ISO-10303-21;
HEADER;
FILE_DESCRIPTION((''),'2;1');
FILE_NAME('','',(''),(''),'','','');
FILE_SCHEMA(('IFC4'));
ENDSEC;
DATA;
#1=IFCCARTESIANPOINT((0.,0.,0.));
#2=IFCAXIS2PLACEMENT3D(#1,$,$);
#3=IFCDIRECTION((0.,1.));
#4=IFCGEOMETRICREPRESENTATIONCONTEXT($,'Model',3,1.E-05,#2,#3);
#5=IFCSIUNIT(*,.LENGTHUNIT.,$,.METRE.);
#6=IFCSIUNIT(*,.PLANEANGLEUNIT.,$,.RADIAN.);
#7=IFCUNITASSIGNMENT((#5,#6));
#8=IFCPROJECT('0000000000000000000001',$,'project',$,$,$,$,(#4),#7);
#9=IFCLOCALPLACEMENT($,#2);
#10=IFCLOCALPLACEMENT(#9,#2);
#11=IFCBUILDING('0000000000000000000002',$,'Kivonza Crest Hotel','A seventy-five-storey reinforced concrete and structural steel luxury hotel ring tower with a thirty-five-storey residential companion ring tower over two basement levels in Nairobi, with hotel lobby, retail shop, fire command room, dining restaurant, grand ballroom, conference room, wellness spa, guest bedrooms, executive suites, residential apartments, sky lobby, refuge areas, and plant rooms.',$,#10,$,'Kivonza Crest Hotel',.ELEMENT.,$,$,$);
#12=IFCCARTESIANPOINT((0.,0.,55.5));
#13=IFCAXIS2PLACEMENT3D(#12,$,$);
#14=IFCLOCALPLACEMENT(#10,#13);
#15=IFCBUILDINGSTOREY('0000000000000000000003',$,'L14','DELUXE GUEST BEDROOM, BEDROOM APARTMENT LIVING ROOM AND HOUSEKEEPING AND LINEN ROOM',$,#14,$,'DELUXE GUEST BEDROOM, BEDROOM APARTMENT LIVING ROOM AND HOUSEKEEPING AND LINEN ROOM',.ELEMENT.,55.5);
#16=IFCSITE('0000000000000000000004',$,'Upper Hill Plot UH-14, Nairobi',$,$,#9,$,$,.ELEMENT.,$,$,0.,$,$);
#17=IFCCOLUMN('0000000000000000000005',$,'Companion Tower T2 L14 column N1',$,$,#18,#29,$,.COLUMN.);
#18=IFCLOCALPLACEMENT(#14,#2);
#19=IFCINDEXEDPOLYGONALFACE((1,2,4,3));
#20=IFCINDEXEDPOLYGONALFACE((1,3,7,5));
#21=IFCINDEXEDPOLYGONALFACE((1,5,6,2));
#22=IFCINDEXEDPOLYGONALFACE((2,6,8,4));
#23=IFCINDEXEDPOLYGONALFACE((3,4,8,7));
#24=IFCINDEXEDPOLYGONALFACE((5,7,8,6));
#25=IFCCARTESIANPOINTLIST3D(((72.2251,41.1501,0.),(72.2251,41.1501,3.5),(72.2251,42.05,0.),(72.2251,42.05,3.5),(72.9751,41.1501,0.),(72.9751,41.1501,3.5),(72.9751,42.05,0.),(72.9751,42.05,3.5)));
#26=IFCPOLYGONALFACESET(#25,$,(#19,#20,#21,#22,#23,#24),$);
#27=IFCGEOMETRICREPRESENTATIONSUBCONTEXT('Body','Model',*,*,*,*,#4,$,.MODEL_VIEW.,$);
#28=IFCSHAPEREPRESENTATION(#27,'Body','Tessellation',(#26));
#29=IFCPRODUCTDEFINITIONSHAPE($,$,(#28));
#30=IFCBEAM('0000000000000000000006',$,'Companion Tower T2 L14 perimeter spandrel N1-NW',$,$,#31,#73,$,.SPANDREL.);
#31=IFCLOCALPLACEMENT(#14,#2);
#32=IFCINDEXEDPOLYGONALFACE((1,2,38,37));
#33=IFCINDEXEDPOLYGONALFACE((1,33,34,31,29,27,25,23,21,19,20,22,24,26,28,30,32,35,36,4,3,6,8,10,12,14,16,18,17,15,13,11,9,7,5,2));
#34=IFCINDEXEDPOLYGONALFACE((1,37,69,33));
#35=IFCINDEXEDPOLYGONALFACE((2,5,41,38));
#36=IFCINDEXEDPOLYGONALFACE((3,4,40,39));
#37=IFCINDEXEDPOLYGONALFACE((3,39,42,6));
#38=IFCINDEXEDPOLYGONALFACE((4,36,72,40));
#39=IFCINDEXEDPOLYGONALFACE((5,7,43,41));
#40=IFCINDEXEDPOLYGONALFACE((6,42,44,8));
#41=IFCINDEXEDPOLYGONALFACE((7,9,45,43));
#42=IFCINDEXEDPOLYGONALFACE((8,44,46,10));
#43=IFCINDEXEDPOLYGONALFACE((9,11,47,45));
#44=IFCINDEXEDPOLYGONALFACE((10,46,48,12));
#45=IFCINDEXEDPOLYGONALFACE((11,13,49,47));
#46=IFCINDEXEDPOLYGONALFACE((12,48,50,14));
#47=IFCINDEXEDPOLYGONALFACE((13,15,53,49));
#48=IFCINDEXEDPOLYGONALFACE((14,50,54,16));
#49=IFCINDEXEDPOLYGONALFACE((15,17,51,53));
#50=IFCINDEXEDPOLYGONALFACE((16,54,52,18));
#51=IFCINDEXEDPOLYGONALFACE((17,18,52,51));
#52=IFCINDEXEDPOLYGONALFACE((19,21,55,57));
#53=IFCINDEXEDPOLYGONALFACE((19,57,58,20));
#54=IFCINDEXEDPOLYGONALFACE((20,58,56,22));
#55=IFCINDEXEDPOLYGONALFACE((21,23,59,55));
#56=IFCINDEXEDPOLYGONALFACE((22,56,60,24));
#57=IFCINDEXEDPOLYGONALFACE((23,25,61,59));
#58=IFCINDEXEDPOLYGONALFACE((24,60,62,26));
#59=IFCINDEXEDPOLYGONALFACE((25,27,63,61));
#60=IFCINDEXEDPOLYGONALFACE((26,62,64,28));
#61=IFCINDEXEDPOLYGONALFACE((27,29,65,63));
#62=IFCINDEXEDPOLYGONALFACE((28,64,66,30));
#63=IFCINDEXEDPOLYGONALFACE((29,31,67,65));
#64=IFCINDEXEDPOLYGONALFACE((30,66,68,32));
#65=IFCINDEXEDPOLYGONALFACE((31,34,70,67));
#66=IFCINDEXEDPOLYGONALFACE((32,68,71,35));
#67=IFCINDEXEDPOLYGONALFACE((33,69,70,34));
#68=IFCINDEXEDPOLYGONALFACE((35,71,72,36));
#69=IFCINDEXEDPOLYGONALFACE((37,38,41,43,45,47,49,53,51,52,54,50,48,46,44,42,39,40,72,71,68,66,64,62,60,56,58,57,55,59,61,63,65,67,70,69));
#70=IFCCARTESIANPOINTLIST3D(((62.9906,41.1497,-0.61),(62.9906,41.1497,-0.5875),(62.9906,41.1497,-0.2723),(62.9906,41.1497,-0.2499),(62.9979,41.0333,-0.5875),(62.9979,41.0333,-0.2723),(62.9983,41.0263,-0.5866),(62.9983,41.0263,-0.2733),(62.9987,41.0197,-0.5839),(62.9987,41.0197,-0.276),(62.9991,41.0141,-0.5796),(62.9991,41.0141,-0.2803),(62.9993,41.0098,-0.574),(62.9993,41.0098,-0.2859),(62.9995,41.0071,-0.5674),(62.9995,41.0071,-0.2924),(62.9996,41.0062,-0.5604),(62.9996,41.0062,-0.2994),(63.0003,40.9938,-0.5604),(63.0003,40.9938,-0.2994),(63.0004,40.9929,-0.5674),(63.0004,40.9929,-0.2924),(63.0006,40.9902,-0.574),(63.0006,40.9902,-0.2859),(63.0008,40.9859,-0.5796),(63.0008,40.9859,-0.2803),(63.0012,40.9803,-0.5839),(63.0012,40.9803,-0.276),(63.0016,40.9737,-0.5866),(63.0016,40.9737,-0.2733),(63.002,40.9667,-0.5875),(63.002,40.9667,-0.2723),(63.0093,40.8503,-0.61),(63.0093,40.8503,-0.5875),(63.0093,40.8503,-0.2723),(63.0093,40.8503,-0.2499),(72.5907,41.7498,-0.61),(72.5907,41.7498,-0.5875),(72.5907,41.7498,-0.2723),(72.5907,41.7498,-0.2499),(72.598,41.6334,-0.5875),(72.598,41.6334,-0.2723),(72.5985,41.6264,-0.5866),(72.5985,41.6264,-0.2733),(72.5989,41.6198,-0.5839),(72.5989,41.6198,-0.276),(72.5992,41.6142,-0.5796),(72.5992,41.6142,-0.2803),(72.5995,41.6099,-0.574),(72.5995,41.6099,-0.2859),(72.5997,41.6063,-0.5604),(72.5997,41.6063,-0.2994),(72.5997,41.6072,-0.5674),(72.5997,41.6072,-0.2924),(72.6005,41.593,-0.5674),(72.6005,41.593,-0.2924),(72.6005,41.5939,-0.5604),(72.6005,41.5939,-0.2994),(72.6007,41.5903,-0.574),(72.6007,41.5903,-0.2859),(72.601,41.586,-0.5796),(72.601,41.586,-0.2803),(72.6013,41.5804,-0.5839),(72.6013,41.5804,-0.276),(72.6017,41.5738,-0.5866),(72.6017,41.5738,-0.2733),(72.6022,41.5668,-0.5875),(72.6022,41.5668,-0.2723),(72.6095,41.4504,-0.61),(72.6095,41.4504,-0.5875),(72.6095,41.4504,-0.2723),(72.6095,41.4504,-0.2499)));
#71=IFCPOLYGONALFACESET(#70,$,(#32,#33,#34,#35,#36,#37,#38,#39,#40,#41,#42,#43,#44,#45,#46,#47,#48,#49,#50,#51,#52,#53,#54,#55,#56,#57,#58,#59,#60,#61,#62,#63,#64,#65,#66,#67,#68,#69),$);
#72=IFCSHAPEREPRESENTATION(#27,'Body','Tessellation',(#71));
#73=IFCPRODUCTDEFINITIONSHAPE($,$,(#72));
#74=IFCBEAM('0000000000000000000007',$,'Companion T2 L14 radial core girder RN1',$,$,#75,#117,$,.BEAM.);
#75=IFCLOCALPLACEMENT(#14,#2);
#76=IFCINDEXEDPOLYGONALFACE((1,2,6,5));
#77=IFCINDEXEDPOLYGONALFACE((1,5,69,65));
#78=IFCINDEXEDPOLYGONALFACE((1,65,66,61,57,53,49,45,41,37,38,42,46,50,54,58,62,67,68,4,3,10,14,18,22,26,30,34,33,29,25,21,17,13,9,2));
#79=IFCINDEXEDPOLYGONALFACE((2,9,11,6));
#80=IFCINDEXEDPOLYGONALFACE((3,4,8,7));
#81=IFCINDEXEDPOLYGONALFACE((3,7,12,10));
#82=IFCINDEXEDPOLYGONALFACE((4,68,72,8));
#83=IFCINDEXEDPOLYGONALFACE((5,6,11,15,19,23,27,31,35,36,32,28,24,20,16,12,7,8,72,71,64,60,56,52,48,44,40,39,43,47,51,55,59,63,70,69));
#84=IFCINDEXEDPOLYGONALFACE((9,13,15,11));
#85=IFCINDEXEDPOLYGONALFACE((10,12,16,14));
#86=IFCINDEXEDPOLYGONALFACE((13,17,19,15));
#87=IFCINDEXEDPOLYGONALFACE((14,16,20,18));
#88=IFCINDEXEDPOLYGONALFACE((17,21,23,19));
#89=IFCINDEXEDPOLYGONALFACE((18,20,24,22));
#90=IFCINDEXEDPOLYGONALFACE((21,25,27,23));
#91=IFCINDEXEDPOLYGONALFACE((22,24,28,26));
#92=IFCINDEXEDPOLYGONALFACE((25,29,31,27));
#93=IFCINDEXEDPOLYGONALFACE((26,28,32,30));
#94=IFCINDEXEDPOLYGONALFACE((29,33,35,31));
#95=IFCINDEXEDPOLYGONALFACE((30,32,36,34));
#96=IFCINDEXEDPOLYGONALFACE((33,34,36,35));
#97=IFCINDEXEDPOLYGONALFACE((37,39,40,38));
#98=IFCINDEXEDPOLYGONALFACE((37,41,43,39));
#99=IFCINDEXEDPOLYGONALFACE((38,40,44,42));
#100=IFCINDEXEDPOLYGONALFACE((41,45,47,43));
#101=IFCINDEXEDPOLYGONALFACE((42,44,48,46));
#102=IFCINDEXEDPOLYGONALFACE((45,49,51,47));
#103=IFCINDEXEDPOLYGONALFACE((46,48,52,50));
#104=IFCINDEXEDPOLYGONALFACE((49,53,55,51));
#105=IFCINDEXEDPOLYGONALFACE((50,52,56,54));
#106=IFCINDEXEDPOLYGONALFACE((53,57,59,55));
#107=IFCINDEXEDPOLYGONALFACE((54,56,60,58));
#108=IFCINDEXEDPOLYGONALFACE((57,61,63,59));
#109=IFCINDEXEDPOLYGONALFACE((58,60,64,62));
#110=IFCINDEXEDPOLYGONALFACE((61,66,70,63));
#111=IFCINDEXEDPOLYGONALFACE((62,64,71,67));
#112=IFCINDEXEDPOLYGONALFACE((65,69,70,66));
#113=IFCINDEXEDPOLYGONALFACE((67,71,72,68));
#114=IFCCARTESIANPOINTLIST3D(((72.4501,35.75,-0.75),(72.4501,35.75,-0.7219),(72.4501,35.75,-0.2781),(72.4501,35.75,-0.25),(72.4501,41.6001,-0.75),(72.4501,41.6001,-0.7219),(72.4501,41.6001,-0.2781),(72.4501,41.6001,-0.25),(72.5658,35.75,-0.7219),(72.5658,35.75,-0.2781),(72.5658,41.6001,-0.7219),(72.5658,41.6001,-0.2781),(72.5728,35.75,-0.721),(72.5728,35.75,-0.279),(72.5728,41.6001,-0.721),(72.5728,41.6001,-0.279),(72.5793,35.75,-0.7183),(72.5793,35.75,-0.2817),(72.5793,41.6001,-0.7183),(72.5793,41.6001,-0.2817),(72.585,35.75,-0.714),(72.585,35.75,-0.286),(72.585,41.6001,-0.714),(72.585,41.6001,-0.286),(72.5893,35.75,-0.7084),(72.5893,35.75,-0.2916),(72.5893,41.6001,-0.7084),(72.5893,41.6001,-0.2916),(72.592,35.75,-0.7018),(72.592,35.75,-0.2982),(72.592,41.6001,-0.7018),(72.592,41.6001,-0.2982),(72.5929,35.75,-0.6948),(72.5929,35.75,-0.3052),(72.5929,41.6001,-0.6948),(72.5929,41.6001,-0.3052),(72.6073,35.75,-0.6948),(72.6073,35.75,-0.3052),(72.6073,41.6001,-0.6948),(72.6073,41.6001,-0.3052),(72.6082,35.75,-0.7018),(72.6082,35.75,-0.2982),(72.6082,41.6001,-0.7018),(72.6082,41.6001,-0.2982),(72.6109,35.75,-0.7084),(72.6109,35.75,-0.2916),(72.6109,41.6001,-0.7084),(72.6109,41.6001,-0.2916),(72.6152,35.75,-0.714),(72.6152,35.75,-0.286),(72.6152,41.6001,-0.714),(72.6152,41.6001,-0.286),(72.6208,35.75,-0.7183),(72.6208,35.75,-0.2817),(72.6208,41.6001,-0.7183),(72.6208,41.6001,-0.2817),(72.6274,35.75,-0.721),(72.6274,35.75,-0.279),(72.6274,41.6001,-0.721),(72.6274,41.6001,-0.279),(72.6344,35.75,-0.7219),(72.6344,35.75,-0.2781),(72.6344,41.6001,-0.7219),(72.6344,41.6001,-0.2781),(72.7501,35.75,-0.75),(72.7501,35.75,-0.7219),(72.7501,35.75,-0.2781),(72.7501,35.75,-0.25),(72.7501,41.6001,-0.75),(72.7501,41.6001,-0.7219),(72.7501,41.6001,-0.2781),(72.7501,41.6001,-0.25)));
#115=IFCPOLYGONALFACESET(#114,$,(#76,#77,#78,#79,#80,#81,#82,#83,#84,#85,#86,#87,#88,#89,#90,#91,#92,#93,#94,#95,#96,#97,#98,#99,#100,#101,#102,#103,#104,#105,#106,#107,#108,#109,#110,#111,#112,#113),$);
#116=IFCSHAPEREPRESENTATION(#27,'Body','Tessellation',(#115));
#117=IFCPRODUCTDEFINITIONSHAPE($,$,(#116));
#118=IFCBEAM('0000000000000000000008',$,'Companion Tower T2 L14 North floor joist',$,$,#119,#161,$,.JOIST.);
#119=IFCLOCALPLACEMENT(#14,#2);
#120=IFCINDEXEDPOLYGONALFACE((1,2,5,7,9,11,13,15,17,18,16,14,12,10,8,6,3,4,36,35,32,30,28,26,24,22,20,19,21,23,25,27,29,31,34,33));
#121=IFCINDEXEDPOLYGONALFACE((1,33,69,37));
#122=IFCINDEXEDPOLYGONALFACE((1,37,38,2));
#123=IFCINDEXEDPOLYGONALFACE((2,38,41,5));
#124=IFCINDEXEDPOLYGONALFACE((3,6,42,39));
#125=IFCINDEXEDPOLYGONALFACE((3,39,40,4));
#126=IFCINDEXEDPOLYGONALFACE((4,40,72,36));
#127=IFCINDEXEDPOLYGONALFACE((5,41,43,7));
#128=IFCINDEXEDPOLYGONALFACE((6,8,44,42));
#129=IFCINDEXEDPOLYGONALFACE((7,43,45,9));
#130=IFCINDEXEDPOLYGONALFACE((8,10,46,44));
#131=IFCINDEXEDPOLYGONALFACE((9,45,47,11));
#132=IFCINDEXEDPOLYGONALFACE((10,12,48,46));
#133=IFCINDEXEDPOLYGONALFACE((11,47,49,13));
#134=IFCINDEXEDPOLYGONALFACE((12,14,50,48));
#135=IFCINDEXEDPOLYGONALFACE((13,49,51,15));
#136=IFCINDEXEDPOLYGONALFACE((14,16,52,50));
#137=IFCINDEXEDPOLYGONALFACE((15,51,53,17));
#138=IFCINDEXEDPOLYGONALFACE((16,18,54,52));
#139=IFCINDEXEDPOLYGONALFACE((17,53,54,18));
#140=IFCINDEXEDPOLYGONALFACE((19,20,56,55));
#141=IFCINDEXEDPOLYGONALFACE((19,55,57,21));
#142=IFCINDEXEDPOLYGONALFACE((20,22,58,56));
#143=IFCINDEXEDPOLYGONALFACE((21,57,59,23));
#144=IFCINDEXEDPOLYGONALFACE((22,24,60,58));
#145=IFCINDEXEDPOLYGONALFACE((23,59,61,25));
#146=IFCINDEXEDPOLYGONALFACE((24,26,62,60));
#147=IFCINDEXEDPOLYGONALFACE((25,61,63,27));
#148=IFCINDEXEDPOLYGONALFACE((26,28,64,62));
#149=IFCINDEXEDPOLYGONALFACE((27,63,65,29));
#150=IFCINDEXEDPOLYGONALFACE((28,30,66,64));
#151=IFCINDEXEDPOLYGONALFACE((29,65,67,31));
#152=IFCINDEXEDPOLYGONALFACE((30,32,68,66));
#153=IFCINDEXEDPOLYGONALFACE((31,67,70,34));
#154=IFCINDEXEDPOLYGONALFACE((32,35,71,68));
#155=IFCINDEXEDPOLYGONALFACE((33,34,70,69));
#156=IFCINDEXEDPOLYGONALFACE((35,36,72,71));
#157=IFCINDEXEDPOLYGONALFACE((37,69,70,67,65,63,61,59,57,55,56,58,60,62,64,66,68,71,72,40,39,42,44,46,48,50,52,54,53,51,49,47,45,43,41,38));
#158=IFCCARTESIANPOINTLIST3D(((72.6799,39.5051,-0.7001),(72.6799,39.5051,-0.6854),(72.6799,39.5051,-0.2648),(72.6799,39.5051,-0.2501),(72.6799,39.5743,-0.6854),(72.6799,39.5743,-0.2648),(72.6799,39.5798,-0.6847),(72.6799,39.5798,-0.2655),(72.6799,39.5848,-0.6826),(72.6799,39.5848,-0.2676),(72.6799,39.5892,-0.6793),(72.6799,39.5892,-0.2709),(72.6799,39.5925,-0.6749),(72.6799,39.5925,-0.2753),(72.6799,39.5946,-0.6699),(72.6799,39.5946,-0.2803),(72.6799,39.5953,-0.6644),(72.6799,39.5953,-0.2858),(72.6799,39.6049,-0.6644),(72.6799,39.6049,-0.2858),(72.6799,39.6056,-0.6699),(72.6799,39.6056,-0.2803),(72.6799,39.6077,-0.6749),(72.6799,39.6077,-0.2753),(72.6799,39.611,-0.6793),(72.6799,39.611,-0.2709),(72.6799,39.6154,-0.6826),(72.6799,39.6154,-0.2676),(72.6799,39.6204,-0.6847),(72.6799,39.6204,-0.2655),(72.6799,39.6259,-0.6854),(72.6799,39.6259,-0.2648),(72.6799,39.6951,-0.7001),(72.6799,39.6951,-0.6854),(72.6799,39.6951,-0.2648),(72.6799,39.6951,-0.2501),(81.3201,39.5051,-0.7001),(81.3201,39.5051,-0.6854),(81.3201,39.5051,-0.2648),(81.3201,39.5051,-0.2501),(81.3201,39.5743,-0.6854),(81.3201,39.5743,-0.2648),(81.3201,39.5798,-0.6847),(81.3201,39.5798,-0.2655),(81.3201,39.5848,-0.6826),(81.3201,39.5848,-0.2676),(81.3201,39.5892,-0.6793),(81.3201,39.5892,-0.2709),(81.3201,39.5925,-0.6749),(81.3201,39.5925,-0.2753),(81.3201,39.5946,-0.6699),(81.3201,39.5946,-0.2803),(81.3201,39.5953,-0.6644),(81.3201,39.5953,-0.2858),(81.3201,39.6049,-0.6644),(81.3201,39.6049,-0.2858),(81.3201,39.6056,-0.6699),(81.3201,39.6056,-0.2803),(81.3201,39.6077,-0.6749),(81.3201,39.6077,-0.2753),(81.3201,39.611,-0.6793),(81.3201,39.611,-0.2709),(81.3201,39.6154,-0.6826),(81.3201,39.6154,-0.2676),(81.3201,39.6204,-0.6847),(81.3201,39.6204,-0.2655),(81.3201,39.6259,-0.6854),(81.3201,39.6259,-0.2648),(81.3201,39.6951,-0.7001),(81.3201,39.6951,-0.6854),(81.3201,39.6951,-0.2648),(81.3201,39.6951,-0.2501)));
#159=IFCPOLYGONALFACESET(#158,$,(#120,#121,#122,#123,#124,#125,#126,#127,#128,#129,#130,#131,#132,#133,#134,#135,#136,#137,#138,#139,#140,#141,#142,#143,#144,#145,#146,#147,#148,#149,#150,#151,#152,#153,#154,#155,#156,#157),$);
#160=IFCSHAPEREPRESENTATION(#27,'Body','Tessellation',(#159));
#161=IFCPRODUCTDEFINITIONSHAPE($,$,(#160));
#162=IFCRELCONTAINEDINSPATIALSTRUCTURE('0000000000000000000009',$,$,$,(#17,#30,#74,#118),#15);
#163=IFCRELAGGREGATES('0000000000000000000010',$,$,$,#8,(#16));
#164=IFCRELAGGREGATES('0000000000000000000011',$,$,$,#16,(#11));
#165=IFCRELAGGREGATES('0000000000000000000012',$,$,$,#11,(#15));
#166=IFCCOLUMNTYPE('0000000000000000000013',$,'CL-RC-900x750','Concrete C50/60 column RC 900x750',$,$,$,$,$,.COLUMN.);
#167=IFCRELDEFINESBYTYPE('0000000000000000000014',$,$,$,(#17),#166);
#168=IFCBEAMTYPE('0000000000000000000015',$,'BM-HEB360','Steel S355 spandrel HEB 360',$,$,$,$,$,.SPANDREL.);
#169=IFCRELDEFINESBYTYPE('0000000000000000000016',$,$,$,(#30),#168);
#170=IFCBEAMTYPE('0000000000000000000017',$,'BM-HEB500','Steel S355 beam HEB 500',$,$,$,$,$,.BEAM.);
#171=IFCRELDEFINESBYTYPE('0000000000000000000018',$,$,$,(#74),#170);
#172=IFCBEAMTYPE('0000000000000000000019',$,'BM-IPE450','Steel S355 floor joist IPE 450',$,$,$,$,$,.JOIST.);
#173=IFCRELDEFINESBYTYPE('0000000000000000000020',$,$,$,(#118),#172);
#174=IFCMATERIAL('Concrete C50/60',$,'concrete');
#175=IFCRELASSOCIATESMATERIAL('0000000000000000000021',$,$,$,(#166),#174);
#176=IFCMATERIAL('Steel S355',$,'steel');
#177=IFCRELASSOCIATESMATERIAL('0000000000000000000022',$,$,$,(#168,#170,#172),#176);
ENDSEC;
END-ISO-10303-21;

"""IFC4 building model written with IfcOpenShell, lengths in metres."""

from ifc_helpers import new_model, si_unit, direction, frame, origin, origin_2d, place, context, subcontext, project, spatial, rectangle, i_section, extrude, material, material_profile, profile_set, type_object, element, save


model = new_model("IFC4")

# Units and contexts
model_context = context("Model", 3, precision=1e-05, world=origin(), true_north=direction((0.0, 1.0)))
body_context = subcontext(model_context, "Body", "Model", "MODEL_VIEW")
ifc_project = project(units=[si_unit("LENGTHUNIT", "METRE"), si_unit("PLANEANGLEUNIT", "RADIAN")], contexts=[model_context])

# Site, building, storey
site_placement = place(None, origin())
site = spatial("IfcSite", under=ifc_project, at=site_placement, Name="Upper Hill Plot UH-14, Nairobi", CompositionType="ELEMENT", RefElevation=0.0)
building_placement = place(site_placement, origin())
building = spatial("IfcBuilding", under=site, at=building_placement, Name="Kivonza Crest Hotel", Description="A seventy-five-storey reinforced concrete and structural steel luxury hotel ring tower with a thirty-five-storey residential companion ring tower over two basement levels in Nairobi, with hotel lobby, retail shop, fire command room, dining restaurant, grand ballroom, conference room, wellness spa, guest bedrooms, executive suites, residential apartments, sky lobby, refuge areas, and plant rooms.", LongName="Kivonza Crest Hotel", CompositionType="ELEMENT")
storey_placement = place(building_placement, frame((0.0, 0.0, 55.5)))
storey = spatial("IfcBuildingStorey", under=building, at=storey_placement, Name="L14", Description="DELUXE GUEST BEDROOM, BEDROOM APARTMENT LIVING ROOM AND HOUSEKEEPING AND LINEN ROOM", LongName="DELUXE GUEST BEDROOM, BEDROOM APARTMENT LIVING ROOM AND HOUSEKEEPING AND LINEN ROOM", CompositionType="ELEMENT", Elevation=55.5)

# Column
ifc_material_1 = material(Name="Concrete C50/60", Category="concrete")
ifc_material_profile_1 = material_profile(ifc_material_1, rectangle(XDim=0.75, YDim=0.8999, at=origin_2d()), Name="RC 900x750")
ifc_profile_set_1 = profile_set([ifc_material_profile_1], Name="Concrete C50/60")
column_type = type_object("IfcColumnType", Name="CL-RC-900x750", Description="Concrete C50/60 column RC 900x750", PredefinedType="COLUMN", material=ifc_profile_set_1)
column_placement = place(storey_placement, frame((72.6001, 41.6001, 0.0), z_axis=(0.0, 0.0, 1.0), x_axis=(1.0, 0.0, 0.0)))
element("IfcColumn", 1, at=column_placement, inside=storey, type_object=column_type, Name="Companion Tower T2 L14 column N1", PredefinedType="COLUMN", context=body_context, shape_type="SweptSolid", body=[
    extrude(rectangle(XDim=0.75, YDim=0.8999, at=origin_2d()), origin(), (0.0, 0.0, 1.0), 3.5),
])

# Beams
ifc_material_2 = material(Name="Steel S355", Category="steel")
ifc_material_profile_2 = material_profile(ifc_material_2, i_section(OverallWidth=0.3, OverallDepth=0.3601, WebThickness=0.0125, FlangeThickness=0.0225, FilletRadius=0.0271, at=origin_2d()), Name="HEB 360")
ifc_profile_set_2 = profile_set([ifc_material_profile_2], Name="Steel S355")
beam_type_1 = type_object("IfcBeamType", Name="BM-HEB360", Description="Steel S355 spandrel HEB 360", PredefinedType="SPANDREL", material=ifc_profile_set_2)
beam_1_placement = place(storey_placement, frame((72.6001, 41.6001, -0.4299), z_axis=(-0.998052, -0.062388, 0.0), x_axis=(0.062388, -0.998052, 0.0)))
element("IfcBeam", 2, at=beam_1_placement, inside=storey, type_object=beam_type_1, Name="Companion Tower T2 L14 perimeter spandrel N1-NW", PredefinedType="SPANDREL", context=body_context, shape_type="SweptSolid", body=[
    extrude(i_section(OverallWidth=0.3, OverallDepth=0.3601, WebThickness=0.0125, FlangeThickness=0.0225, FilletRadius=0.0271, at=origin_2d()), origin(), (0.0, 0.0, 1.0), 9.6189),
])
ifc_material_profile_3 = material_profile(ifc_material_2, i_section(OverallWidth=0.3, OverallDepth=0.5, WebThickness=0.0144, FlangeThickness=0.0281, FilletRadius=0.0271, at=origin_2d()), Name="HEB 500")
ifc_profile_set_3 = profile_set([ifc_material_profile_3], Name="Steel S355")
beam_type_2 = type_object("IfcBeamType", Name="BM-HEB500", Description="Steel S355 beam HEB 500", PredefinedType="BEAM", material=ifc_profile_set_3)
beam_2_placement = place(storey_placement, frame((72.6001, 41.6001, -0.5), z_axis=(0.0, -1.0, 0.0), x_axis=(1.0, 0.0, 0.0)))
element("IfcBeam", 3, at=beam_2_placement, inside=storey, type_object=beam_type_2, Name="Companion T2 L14 radial core girder RN1", PredefinedType="BEAM", context=body_context, shape_type="SweptSolid", body=[
    extrude(i_section(OverallWidth=0.3, OverallDepth=0.5, WebThickness=0.0144, FlangeThickness=0.0281, FilletRadius=0.0271, at=origin_2d()), origin(), (0.0, 0.0, 1.0), 5.8501),
])
ifc_material_profile_4 = material_profile(ifc_material_2, i_section(OverallWidth=0.1899, OverallDepth=0.45, WebThickness=0.0095, FlangeThickness=0.0146, FilletRadius=0.021, at=origin_2d()), Name="IPE 450")
ifc_profile_set_4 = profile_set([ifc_material_profile_4], Name="Steel S355")
beam_type_3 = type_object("IfcBeamType", Name="BM-IPE450", Description="Steel S355 floor joist IPE 450", PredefinedType="JOIST", material=ifc_profile_set_4)
beam_3_placement = place(storey_placement, frame((72.6799, 39.6001, -0.4751), z_axis=(1.0, 0.0, 0.0), x_axis=(0.0, 1.0, 0.0)))
element("IfcBeam", 4, at=beam_3_placement, inside=storey, type_object=beam_type_3, Name="Companion Tower T2 L14 North floor joist", PredefinedType="JOIST", context=body_context, shape_type="SweptSolid", body=[
    extrude(i_section(OverallWidth=0.1899, OverallDepth=0.45, WebThickness=0.0095, FlangeThickness=0.0146, FilletRadius=0.021, at=origin_2d()), origin(), (0.0, 0.0, 1.0), 8.6401),
])

save(model, "model.ifc")
